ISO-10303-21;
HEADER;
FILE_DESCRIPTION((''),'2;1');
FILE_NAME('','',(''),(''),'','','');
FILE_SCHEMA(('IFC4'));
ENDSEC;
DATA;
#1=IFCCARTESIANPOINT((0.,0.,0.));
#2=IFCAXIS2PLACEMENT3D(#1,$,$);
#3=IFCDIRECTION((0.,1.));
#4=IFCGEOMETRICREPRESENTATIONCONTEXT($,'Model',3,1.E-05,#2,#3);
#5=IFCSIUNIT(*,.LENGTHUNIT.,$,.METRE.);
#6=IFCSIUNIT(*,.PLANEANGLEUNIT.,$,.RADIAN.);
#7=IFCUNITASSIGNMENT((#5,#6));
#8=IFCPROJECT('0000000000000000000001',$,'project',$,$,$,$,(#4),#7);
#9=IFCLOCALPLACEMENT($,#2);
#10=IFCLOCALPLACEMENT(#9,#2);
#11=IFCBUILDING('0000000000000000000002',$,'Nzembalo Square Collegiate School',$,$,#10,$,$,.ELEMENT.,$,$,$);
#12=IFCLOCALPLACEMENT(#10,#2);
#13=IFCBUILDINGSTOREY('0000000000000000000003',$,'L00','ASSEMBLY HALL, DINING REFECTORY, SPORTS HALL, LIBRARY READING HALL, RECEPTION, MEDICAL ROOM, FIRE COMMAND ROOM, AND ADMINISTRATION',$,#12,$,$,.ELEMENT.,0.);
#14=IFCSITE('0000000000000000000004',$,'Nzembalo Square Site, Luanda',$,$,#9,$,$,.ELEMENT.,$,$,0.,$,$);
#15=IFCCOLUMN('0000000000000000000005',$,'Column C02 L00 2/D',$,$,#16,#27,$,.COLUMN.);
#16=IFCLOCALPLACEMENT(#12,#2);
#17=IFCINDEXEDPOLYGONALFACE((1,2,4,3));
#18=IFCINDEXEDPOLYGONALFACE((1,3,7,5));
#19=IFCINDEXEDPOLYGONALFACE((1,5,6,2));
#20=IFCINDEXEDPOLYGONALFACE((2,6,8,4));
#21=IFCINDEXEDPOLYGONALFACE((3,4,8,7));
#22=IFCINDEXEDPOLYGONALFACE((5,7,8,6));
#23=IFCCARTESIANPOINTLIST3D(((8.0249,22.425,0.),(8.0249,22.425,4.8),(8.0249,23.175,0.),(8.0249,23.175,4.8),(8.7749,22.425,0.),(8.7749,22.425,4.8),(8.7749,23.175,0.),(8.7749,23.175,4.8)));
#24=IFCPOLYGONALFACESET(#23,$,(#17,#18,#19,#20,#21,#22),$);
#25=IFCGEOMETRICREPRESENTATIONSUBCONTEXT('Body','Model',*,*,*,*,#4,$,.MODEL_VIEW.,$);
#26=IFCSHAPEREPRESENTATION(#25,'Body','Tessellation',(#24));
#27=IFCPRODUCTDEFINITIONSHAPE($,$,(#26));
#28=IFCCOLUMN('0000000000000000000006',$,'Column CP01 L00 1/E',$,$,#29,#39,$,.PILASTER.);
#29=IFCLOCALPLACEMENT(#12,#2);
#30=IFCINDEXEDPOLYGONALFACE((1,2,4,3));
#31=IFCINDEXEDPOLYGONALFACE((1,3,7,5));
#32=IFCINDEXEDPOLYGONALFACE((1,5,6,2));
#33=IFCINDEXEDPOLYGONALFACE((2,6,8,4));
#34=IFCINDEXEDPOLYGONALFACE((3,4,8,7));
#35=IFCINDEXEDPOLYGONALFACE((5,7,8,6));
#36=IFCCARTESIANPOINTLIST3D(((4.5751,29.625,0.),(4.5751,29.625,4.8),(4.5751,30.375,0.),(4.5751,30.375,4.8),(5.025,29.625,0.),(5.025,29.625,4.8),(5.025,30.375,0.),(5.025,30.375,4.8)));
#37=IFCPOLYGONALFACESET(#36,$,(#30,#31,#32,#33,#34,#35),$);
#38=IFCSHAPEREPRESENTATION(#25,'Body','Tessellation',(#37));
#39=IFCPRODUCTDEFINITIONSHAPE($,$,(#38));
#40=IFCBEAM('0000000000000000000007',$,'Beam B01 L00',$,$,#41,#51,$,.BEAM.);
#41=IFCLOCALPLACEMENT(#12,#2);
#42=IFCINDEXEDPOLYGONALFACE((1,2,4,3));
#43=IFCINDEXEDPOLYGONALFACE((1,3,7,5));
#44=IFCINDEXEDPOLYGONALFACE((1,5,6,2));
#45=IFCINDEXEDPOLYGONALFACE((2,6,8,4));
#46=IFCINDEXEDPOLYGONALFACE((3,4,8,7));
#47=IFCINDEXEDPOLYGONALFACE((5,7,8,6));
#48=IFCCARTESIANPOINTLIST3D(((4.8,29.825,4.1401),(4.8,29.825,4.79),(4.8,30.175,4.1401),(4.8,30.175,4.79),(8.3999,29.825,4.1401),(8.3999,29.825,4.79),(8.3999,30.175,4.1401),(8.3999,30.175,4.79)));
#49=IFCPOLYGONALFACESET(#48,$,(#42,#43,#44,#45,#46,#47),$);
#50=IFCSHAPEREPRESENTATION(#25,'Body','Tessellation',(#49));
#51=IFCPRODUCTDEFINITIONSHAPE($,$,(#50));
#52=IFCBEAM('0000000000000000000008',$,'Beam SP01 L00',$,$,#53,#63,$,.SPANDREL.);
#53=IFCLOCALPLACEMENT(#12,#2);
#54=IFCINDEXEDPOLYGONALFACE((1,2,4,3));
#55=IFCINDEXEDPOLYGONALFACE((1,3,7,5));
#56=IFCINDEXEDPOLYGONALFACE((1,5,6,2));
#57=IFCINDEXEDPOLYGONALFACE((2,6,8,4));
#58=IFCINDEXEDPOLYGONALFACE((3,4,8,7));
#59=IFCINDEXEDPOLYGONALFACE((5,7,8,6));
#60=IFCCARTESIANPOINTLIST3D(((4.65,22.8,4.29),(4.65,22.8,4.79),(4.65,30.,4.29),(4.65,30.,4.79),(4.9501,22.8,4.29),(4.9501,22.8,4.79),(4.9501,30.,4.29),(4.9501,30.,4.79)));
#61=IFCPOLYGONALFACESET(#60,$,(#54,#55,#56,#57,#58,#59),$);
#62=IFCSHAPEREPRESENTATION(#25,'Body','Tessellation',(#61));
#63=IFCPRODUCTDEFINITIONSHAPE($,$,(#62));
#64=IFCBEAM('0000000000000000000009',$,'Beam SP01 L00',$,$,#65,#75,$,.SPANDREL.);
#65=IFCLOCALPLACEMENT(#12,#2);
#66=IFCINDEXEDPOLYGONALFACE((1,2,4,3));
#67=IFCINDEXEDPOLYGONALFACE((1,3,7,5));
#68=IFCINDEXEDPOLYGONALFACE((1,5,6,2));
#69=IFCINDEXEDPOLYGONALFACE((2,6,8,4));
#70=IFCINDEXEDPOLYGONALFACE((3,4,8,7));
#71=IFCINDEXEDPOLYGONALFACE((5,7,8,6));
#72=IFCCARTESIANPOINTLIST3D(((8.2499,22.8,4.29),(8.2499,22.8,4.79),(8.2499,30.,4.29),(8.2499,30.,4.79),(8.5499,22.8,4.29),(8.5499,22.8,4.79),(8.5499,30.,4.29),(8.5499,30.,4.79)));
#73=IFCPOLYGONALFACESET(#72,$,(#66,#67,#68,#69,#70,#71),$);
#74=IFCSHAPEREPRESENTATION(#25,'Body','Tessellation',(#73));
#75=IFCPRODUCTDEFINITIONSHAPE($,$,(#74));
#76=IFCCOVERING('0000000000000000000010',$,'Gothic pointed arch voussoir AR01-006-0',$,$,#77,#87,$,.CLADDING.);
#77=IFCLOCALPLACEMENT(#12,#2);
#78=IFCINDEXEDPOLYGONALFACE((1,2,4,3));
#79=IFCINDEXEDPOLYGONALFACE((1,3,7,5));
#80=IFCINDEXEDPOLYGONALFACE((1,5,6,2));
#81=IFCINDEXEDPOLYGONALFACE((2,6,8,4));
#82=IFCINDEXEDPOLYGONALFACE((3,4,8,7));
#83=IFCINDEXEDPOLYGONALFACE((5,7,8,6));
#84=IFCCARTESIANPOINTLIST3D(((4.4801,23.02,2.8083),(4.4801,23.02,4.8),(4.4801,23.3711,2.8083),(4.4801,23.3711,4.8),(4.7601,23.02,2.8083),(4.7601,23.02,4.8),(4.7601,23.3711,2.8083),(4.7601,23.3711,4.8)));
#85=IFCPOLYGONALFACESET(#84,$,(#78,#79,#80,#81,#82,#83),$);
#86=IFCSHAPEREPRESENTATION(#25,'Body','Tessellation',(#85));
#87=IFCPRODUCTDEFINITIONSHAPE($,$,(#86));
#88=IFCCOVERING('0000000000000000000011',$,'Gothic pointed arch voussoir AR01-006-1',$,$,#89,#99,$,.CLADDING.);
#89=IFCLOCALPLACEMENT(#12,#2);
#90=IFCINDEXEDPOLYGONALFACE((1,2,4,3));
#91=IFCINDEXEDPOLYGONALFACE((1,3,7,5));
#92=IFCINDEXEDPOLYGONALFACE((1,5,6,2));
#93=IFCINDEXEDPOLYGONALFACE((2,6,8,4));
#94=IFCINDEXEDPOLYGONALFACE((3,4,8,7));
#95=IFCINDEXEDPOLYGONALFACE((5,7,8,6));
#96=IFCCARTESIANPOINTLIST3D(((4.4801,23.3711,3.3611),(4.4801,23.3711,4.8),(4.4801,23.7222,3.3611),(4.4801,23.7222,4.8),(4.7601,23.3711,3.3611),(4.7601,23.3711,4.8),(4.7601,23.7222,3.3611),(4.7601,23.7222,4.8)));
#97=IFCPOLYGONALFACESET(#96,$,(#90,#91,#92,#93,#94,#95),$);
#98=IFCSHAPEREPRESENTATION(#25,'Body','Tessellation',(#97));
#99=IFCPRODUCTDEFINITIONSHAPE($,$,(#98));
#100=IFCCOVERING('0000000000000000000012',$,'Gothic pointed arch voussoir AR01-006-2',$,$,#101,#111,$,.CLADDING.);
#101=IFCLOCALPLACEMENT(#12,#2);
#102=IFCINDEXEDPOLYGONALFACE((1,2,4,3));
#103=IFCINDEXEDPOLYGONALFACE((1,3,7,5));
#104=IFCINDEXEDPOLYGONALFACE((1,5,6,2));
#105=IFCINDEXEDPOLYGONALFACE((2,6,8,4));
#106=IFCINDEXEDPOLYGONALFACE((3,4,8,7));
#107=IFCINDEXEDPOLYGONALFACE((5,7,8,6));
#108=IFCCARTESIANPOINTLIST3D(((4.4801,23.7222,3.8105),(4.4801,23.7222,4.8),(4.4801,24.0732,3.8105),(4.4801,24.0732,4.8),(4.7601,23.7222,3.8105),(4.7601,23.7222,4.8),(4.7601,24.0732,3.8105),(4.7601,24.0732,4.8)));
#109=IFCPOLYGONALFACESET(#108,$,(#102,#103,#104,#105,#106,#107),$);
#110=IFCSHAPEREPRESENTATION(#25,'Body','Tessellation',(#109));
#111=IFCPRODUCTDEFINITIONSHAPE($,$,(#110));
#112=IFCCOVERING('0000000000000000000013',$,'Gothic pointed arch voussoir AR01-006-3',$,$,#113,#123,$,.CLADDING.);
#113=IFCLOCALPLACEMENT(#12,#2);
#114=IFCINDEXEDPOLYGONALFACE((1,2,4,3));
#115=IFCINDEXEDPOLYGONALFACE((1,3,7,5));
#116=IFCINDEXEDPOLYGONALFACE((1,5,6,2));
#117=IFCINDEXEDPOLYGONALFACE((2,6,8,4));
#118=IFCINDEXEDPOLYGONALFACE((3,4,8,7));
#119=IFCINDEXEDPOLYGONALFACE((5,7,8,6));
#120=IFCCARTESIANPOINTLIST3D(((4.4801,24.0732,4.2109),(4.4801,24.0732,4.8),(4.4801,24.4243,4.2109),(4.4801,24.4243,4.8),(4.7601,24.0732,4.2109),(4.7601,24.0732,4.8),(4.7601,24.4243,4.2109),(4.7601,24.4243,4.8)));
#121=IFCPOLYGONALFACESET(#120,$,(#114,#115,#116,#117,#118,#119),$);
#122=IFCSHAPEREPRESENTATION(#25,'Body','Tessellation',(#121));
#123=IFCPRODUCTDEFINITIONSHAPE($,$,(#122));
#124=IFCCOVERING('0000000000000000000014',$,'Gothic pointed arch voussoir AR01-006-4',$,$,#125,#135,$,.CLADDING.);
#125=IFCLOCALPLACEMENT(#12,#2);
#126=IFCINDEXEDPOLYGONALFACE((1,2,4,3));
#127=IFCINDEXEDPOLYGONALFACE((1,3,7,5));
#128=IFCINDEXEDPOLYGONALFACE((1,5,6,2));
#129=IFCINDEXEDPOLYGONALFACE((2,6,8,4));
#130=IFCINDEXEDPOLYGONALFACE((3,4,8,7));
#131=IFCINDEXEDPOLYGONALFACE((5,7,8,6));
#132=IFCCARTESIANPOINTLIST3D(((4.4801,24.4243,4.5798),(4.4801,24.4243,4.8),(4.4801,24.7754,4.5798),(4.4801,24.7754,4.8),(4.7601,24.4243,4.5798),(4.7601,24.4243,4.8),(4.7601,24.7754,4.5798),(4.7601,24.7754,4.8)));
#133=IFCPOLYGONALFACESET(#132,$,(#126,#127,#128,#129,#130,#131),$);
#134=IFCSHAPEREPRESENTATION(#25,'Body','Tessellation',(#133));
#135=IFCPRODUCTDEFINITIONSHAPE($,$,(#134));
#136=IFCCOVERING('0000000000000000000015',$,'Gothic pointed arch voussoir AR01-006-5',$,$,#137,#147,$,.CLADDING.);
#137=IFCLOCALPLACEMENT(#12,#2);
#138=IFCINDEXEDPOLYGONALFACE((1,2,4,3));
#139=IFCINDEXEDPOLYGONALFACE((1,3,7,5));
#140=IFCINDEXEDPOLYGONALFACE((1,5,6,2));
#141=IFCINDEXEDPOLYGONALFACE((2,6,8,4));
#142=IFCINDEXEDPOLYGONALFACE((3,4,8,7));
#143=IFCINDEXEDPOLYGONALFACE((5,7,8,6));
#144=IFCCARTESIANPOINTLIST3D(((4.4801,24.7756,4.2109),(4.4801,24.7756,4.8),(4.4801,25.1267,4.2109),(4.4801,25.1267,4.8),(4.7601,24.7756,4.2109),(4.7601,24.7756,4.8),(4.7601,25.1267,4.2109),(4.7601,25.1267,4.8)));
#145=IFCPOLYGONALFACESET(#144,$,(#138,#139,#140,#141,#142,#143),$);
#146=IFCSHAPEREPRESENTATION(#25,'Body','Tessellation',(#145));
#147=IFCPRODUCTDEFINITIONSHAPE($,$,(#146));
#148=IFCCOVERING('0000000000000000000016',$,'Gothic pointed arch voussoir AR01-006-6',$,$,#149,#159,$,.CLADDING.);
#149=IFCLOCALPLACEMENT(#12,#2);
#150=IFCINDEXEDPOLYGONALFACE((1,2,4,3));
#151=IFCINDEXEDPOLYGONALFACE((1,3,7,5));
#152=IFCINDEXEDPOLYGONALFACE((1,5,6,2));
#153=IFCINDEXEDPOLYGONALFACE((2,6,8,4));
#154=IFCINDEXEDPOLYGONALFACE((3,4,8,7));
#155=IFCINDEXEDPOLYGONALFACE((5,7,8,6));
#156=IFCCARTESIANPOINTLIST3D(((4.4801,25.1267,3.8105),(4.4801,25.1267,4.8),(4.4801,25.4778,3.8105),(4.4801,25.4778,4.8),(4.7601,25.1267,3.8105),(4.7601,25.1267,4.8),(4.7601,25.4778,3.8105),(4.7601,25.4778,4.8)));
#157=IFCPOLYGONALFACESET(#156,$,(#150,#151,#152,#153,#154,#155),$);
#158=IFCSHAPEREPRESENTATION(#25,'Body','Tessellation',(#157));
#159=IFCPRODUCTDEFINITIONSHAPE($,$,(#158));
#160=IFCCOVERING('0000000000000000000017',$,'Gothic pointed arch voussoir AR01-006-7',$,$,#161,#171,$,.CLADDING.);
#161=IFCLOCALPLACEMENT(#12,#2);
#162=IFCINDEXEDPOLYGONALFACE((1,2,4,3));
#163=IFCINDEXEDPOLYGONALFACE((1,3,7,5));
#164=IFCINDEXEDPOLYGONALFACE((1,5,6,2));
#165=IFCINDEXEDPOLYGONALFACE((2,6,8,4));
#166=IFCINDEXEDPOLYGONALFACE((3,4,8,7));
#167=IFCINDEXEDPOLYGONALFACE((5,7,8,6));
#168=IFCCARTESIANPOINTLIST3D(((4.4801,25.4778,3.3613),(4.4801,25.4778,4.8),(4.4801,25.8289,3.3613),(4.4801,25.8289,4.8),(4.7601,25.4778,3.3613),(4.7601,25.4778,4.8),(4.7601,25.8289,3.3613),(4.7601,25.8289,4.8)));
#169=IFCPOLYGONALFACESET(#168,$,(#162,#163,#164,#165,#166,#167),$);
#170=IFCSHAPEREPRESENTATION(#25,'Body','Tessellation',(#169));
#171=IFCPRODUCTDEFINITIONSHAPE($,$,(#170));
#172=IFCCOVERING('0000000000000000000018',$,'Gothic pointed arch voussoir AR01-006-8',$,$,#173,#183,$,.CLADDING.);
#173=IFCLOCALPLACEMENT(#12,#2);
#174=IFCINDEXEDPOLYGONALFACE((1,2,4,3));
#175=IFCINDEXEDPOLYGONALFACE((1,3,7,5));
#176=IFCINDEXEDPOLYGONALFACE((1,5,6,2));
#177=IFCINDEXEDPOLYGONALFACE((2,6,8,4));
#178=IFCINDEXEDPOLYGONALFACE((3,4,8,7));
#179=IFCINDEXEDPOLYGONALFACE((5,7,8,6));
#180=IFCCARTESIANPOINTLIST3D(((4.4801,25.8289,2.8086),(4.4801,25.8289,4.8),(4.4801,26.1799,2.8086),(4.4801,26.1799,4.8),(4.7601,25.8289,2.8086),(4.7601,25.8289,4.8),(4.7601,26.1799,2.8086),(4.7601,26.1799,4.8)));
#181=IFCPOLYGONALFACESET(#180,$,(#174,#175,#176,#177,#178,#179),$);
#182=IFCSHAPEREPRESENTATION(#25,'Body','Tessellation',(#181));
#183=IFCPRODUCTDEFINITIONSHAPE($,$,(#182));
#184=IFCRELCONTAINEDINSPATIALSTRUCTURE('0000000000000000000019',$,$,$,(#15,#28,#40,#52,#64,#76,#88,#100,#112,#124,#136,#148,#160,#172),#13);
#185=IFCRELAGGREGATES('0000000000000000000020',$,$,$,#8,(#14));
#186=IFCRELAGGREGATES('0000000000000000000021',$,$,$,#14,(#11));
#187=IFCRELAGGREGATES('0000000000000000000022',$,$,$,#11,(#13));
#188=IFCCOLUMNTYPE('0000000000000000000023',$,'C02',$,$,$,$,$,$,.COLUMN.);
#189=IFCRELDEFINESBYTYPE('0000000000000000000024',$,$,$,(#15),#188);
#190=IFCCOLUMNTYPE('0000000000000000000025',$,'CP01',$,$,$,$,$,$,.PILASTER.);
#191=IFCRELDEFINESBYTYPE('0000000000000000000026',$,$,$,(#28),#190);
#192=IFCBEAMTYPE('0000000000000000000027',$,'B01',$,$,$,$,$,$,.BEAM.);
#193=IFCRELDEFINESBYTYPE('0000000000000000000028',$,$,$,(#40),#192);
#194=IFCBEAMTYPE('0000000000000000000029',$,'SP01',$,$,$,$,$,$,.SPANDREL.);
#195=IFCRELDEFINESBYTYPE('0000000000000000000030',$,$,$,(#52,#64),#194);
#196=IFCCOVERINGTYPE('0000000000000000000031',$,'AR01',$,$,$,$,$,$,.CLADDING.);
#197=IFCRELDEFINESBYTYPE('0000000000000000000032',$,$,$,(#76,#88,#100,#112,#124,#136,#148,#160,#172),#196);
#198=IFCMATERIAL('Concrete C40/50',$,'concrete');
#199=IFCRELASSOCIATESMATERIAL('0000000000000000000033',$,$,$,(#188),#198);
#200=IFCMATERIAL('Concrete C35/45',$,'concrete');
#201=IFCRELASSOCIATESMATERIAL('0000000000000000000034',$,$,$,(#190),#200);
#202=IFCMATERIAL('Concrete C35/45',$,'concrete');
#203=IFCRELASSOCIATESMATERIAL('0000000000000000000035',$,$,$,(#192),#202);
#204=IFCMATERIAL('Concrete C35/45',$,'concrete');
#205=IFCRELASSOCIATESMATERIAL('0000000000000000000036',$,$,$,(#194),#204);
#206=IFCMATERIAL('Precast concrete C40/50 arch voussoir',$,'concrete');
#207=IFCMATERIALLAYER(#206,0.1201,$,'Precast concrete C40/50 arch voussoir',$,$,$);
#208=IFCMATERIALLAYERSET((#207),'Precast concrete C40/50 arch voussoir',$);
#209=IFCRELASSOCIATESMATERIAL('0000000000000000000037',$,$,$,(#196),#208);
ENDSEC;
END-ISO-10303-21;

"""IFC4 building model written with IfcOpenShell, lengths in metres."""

from ifc_helpers import new_model, si_unit, direction, frame, origin, origin_2d, place, context, subcontext, project, spatial, rectangle, extrude, material, layer, layer_set, material_profile, profile_set, type_object, element, save


model = new_model("IFC4")

# Units and contexts
model_context = context("Model", 3, precision=1e-05, world=origin(), true_north=direction((0.0, 1.0)))
body_context = subcontext(model_context, "Body", "Model", "MODEL_VIEW")
ifc_project = project(units=[si_unit("LENGTHUNIT", "METRE"), si_unit("PLANEANGLEUNIT", "RADIAN")], contexts=[model_context])

# Site, building, storey
site_placement = place(None, origin())
site = spatial("IfcSite", under=ifc_project, at=site_placement, Name="Nzembalo Square Site, Luanda", CompositionType="ELEMENT", RefElevation=0.0)
building_placement = place(site_placement, origin())
building = spatial("IfcBuilding", under=site, at=building_placement, Name="Nzembalo Square Collegiate School", CompositionType="ELEMENT")
storey_placement = place(building_placement, origin())
storey = spatial("IfcBuildingStorey", under=building, at=storey_placement, Name="L00", Description="ASSEMBLY HALL, DINING REFECTORY, SPORTS HALL, LIBRARY READING HALL, RECEPTION, MEDICAL ROOM, FIRE COMMAND ROOM, AND ADMINISTRATION", CompositionType="ELEMENT", Elevation=0.0)

# Columns
ifc_material_1 = material(Name="Concrete C40/50", Category="concrete")
ifc_material_profile_1 = material_profile(ifc_material_1, rectangle(XDim=0.75, YDim=0.75, at=origin_2d()), Name="RC 750x750")
ifc_profile_set_1 = profile_set([ifc_material_profile_1], Name="Concrete C40/50")
column_type_1 = type_object("IfcColumnType", Name="C02", PredefinedType="COLUMN", material=ifc_profile_set_1)
column_1_placement = place(storey_placement, frame((8.3999, 22.8, 0.0), z_axis=(0.0, 0.0, 1.0), x_axis=(1.0, 0.0, 0.0)))
element("IfcColumn", 1, at=column_1_placement, inside=storey, type_object=column_type_1, Name="Column C02 L00 2/D", PredefinedType="COLUMN", context=body_context, shape_type="SweptSolid", body=[
    extrude(rectangle(XDim=0.75, YDim=0.75, at=origin_2d()), origin(), (0.0, 0.0, 1.0), 4.8),
])
ifc_material_2 = material(Name="Concrete C35/45", Category="concrete")
ifc_material_profile_2 = material_profile(ifc_material_2, rectangle(XDim=0.45, YDim=0.75, at=origin_2d()), Name="RC 450x750")
ifc_profile_set_2 = profile_set([ifc_material_profile_2], Name="Concrete C35/45")
column_type_2 = type_object("IfcColumnType", Name="CP01", PredefinedType="PILASTER", material=ifc_profile_set_2)
column_2_placement = place(storey_placement, frame((4.8, 30.0, 0.0), z_axis=(0.0, 0.0, 1.0), x_axis=(1.0, 0.0, 0.0)))
element("IfcColumn", 2, at=column_2_placement, inside=storey, type_object=column_type_2, Name="Column CP01 L00 1/E", PredefinedType="PILASTER", context=body_context, shape_type="SweptSolid", body=[
    extrude(rectangle(XDim=0.45, YDim=0.75, at=origin_2d()), origin(), (0.0, 0.0, 1.0), 4.8),
])

# Beams
ifc_material_3 = material(Name="Concrete C35/45", Category="concrete")
ifc_material_profile_3 = material_profile(ifc_material_3, rectangle(XDim=0.3501, YDim=0.6499, at=origin_2d()), Name="RC 350x650")
ifc_profile_set_3 = profile_set([ifc_material_profile_3], Name="Concrete C35/45")
beam_type_1 = type_object("IfcBeamType", Name="B01", PredefinedType="BEAM", material=ifc_profile_set_3)
beam_placement = place(storey_placement, frame((4.8, 30.0, 4.4651), z_axis=(1.0, 0.0, 0.0), x_axis=(0.0, 1.0, 0.0)))
element("IfcBeam", 3, at=beam_placement, inside=storey, type_object=beam_type_1, Name="Beam B01 L00", PredefinedType="BEAM", context=body_context, shape_type="SweptSolid", body=[
    extrude(rectangle(XDim=0.3501, YDim=0.6499, at=origin_2d()), origin(), (0.0, 0.0, 1.0), 3.5999),
])
ifc_material_4 = material(Name="Concrete C35/45", Category="concrete")
ifc_material_profile_4 = material_profile(ifc_material_4, rectangle(XDim=0.3, YDim=0.5, at=origin_2d()), Name="RC 300x500")
ifc_profile_set_4 = profile_set([ifc_material_profile_4], Name="Concrete C35/45")
beam_type_2 = type_object("IfcBeamType", Name="SP01", PredefinedType="SPANDREL", material=ifc_profile_set_4)
for number, where, z_axis, x_axis, name in (
    (4, (4.8, 22.8, 4.54), (0.0, 1.0, 0.0), (-1.0, 0.0, 0.0), "Beam SP01 L00"),
    (5, (8.3999, 22.8, 4.54), (0.0, 1.0, 0.0), (-1.0, 0.0, 0.0), "Beam SP01 L00"),
):
    element("IfcBeam", number, at=place(storey_placement, frame(where, z_axis=z_axis, x_axis=x_axis)), inside=storey, type_object=beam_type_2, Name=name, PredefinedType="SPANDREL", context=body_context, shape_type="SweptSolid", body=[
        extrude(rectangle(XDim=0.3, YDim=0.5, at=origin_2d()), origin(), (0.0, 0.0, 1.0), 7.2),
    ])

# Coverings
ifc_material_5 = material(Name="Precast concrete C40/50 arch voussoir", Category="concrete")
ifc_layer_1 = layer(ifc_material_5, 0.1201, Name="Precast concrete C40/50 arch voussoir")
ifc_layer_set_1 = layer_set([ifc_layer_1], Name="Precast concrete C40/50 arch voussoir")
covering_type = type_object("IfcCoveringType", Name="AR01", PredefinedType="CLADDING", material=ifc_layer_set_1)
covering_1_placement = place(storey_placement, frame((4.6201, 23.1956, 2.8083), z_axis=(0.0, 0.0, 1.0), x_axis=(1.0, 0.0, 0.0)))
element("IfcCovering", 6, at=covering_1_placement, inside=storey, type_object=covering_type, Name="Gothic pointed arch voussoir AR01-006-0", PredefinedType="CLADDING", context=body_context, shape_type="SweptSolid", body=[
    extrude(rectangle(XDim=0.28, YDim=0.3511, at=origin_2d()), origin(), (0.0, 0.0, 1.0), 1.9917),
])
covering_2_placement = place(storey_placement, frame((4.6201, 23.5466, 3.3611), z_axis=(0.0, 0.0, 1.0), x_axis=(1.0, 0.0, 0.0)))
element("IfcCovering", 7, at=covering_2_placement, inside=storey, type_object=covering_type, Name="Gothic pointed arch voussoir AR01-006-1", PredefinedType="CLADDING", context=body_context, shape_type="SweptSolid", body=[
    extrude(rectangle(XDim=0.28, YDim=0.3511, at=origin_2d()), origin(), (0.0, 0.0, 1.0), 1.439),
])
covering_3_placement = place(storey_placement, frame((4.6201, 23.8977, 3.8105), z_axis=(0.0, 0.0, 1.0), x_axis=(1.0, 0.0, 0.0)))
element("IfcCovering", 8, at=covering_3_placement, inside=storey, type_object=covering_type, Name="Gothic pointed arch voussoir AR01-006-2", PredefinedType="CLADDING", context=body_context, shape_type="SweptSolid", body=[
    extrude(rectangle(XDim=0.28, YDim=0.3511, at=origin_2d()), origin(), (0.0, 0.0, 1.0), 0.9895),
])
covering_4_placement = place(storey_placement, frame((4.6201, 24.2488, 4.2109), z_axis=(0.0, 0.0, 1.0), x_axis=(1.0, 0.0, 0.0)))
element("IfcCovering", 9, at=covering_4_placement, inside=storey, type_object=covering_type, Name="Gothic pointed arch voussoir AR01-006-3", PredefinedType="CLADDING", context=body_context, shape_type="SweptSolid", body=[
    extrude(rectangle(XDim=0.28, YDim=0.3511, at=origin_2d()), origin(), (0.0, 0.0, 1.0), 0.5891),
])
covering_5_placement = place(storey_placement, frame((4.6201, 24.5999, 4.5798), z_axis=(0.0, 0.0, 1.0), x_axis=(1.0, 0.0, 0.0)))
element("IfcCovering", 10, at=covering_5_placement, inside=storey, type_object=covering_type, Name="Gothic pointed arch voussoir AR01-006-4", PredefinedType="CLADDING", context=body_context, shape_type="SweptSolid", body=[
    extrude(rectangle(XDim=0.28, YDim=0.3511, at=origin_2d()), origin(), (0.0, 0.0, 1.0), 0.2202),
])
covering_6_placement = place(storey_placement, frame((4.6201, 24.9512, 4.2109), z_axis=(0.0, 0.0, 1.0), x_axis=(1.0, 0.0, 0.0)))
element("IfcCovering", 11, at=covering_6_placement, inside=storey, type_object=covering_type, Name="Gothic pointed arch voussoir AR01-006-5", PredefinedType="CLADDING", context=body_context, shape_type="SweptSolid", body=[
    extrude(rectangle(XDim=0.28, YDim=0.3511, at=origin_2d()), origin(), (0.0, 0.0, 1.0), 0.5891),
])
covering_7_placement = place(storey_placement, frame((4.6201, 25.3022, 3.8105), z_axis=(0.0, 0.0, 1.0), x_axis=(1.0, 0.0, 0.0)))
element("IfcCovering", 12, at=covering_7_placement, inside=storey, type_object=covering_type, Name="Gothic pointed arch voussoir AR01-006-6", PredefinedType="CLADDING", context=body_context, shape_type="SweptSolid", body=[
    extrude(rectangle(XDim=0.28, YDim=0.3511, at=origin_2d()), origin(), (0.0, 0.0, 1.0), 0.9895),
])
covering_8_placement = place(storey_placement, frame((4.6201, 25.6533, 3.3613), z_axis=(0.0, 0.0, 1.0), x_axis=(1.0, 0.0, 0.0)))
element("IfcCovering", 13, at=covering_8_placement, inside=storey, type_object=covering_type, Name="Gothic pointed arch voussoir AR01-006-7", PredefinedType="CLADDING", context=body_context, shape_type="SweptSolid", body=[
    extrude(rectangle(XDim=0.28, YDim=0.3511, at=origin_2d()), origin(), (0.0, 0.0, 1.0), 1.4387),
])
covering_9_placement = place(storey_placement, frame((4.6201, 26.0044, 2.8086), z_axis=(0.0, 0.0, 1.0), x_axis=(1.0, 0.0, 0.0)))
element("IfcCovering", 14, at=covering_9_placement, inside=storey, type_object=covering_type, Name="Gothic pointed arch voussoir AR01-006-8", PredefinedType="CLADDING", context=body_context, shape_type="SweptSolid", body=[
    extrude(rectangle(XDim=0.28, YDim=0.3511, at=origin_2d()), origin(), (0.0, 0.0, 1.0), 1.9915),
])

save(model, "model.ifc")
